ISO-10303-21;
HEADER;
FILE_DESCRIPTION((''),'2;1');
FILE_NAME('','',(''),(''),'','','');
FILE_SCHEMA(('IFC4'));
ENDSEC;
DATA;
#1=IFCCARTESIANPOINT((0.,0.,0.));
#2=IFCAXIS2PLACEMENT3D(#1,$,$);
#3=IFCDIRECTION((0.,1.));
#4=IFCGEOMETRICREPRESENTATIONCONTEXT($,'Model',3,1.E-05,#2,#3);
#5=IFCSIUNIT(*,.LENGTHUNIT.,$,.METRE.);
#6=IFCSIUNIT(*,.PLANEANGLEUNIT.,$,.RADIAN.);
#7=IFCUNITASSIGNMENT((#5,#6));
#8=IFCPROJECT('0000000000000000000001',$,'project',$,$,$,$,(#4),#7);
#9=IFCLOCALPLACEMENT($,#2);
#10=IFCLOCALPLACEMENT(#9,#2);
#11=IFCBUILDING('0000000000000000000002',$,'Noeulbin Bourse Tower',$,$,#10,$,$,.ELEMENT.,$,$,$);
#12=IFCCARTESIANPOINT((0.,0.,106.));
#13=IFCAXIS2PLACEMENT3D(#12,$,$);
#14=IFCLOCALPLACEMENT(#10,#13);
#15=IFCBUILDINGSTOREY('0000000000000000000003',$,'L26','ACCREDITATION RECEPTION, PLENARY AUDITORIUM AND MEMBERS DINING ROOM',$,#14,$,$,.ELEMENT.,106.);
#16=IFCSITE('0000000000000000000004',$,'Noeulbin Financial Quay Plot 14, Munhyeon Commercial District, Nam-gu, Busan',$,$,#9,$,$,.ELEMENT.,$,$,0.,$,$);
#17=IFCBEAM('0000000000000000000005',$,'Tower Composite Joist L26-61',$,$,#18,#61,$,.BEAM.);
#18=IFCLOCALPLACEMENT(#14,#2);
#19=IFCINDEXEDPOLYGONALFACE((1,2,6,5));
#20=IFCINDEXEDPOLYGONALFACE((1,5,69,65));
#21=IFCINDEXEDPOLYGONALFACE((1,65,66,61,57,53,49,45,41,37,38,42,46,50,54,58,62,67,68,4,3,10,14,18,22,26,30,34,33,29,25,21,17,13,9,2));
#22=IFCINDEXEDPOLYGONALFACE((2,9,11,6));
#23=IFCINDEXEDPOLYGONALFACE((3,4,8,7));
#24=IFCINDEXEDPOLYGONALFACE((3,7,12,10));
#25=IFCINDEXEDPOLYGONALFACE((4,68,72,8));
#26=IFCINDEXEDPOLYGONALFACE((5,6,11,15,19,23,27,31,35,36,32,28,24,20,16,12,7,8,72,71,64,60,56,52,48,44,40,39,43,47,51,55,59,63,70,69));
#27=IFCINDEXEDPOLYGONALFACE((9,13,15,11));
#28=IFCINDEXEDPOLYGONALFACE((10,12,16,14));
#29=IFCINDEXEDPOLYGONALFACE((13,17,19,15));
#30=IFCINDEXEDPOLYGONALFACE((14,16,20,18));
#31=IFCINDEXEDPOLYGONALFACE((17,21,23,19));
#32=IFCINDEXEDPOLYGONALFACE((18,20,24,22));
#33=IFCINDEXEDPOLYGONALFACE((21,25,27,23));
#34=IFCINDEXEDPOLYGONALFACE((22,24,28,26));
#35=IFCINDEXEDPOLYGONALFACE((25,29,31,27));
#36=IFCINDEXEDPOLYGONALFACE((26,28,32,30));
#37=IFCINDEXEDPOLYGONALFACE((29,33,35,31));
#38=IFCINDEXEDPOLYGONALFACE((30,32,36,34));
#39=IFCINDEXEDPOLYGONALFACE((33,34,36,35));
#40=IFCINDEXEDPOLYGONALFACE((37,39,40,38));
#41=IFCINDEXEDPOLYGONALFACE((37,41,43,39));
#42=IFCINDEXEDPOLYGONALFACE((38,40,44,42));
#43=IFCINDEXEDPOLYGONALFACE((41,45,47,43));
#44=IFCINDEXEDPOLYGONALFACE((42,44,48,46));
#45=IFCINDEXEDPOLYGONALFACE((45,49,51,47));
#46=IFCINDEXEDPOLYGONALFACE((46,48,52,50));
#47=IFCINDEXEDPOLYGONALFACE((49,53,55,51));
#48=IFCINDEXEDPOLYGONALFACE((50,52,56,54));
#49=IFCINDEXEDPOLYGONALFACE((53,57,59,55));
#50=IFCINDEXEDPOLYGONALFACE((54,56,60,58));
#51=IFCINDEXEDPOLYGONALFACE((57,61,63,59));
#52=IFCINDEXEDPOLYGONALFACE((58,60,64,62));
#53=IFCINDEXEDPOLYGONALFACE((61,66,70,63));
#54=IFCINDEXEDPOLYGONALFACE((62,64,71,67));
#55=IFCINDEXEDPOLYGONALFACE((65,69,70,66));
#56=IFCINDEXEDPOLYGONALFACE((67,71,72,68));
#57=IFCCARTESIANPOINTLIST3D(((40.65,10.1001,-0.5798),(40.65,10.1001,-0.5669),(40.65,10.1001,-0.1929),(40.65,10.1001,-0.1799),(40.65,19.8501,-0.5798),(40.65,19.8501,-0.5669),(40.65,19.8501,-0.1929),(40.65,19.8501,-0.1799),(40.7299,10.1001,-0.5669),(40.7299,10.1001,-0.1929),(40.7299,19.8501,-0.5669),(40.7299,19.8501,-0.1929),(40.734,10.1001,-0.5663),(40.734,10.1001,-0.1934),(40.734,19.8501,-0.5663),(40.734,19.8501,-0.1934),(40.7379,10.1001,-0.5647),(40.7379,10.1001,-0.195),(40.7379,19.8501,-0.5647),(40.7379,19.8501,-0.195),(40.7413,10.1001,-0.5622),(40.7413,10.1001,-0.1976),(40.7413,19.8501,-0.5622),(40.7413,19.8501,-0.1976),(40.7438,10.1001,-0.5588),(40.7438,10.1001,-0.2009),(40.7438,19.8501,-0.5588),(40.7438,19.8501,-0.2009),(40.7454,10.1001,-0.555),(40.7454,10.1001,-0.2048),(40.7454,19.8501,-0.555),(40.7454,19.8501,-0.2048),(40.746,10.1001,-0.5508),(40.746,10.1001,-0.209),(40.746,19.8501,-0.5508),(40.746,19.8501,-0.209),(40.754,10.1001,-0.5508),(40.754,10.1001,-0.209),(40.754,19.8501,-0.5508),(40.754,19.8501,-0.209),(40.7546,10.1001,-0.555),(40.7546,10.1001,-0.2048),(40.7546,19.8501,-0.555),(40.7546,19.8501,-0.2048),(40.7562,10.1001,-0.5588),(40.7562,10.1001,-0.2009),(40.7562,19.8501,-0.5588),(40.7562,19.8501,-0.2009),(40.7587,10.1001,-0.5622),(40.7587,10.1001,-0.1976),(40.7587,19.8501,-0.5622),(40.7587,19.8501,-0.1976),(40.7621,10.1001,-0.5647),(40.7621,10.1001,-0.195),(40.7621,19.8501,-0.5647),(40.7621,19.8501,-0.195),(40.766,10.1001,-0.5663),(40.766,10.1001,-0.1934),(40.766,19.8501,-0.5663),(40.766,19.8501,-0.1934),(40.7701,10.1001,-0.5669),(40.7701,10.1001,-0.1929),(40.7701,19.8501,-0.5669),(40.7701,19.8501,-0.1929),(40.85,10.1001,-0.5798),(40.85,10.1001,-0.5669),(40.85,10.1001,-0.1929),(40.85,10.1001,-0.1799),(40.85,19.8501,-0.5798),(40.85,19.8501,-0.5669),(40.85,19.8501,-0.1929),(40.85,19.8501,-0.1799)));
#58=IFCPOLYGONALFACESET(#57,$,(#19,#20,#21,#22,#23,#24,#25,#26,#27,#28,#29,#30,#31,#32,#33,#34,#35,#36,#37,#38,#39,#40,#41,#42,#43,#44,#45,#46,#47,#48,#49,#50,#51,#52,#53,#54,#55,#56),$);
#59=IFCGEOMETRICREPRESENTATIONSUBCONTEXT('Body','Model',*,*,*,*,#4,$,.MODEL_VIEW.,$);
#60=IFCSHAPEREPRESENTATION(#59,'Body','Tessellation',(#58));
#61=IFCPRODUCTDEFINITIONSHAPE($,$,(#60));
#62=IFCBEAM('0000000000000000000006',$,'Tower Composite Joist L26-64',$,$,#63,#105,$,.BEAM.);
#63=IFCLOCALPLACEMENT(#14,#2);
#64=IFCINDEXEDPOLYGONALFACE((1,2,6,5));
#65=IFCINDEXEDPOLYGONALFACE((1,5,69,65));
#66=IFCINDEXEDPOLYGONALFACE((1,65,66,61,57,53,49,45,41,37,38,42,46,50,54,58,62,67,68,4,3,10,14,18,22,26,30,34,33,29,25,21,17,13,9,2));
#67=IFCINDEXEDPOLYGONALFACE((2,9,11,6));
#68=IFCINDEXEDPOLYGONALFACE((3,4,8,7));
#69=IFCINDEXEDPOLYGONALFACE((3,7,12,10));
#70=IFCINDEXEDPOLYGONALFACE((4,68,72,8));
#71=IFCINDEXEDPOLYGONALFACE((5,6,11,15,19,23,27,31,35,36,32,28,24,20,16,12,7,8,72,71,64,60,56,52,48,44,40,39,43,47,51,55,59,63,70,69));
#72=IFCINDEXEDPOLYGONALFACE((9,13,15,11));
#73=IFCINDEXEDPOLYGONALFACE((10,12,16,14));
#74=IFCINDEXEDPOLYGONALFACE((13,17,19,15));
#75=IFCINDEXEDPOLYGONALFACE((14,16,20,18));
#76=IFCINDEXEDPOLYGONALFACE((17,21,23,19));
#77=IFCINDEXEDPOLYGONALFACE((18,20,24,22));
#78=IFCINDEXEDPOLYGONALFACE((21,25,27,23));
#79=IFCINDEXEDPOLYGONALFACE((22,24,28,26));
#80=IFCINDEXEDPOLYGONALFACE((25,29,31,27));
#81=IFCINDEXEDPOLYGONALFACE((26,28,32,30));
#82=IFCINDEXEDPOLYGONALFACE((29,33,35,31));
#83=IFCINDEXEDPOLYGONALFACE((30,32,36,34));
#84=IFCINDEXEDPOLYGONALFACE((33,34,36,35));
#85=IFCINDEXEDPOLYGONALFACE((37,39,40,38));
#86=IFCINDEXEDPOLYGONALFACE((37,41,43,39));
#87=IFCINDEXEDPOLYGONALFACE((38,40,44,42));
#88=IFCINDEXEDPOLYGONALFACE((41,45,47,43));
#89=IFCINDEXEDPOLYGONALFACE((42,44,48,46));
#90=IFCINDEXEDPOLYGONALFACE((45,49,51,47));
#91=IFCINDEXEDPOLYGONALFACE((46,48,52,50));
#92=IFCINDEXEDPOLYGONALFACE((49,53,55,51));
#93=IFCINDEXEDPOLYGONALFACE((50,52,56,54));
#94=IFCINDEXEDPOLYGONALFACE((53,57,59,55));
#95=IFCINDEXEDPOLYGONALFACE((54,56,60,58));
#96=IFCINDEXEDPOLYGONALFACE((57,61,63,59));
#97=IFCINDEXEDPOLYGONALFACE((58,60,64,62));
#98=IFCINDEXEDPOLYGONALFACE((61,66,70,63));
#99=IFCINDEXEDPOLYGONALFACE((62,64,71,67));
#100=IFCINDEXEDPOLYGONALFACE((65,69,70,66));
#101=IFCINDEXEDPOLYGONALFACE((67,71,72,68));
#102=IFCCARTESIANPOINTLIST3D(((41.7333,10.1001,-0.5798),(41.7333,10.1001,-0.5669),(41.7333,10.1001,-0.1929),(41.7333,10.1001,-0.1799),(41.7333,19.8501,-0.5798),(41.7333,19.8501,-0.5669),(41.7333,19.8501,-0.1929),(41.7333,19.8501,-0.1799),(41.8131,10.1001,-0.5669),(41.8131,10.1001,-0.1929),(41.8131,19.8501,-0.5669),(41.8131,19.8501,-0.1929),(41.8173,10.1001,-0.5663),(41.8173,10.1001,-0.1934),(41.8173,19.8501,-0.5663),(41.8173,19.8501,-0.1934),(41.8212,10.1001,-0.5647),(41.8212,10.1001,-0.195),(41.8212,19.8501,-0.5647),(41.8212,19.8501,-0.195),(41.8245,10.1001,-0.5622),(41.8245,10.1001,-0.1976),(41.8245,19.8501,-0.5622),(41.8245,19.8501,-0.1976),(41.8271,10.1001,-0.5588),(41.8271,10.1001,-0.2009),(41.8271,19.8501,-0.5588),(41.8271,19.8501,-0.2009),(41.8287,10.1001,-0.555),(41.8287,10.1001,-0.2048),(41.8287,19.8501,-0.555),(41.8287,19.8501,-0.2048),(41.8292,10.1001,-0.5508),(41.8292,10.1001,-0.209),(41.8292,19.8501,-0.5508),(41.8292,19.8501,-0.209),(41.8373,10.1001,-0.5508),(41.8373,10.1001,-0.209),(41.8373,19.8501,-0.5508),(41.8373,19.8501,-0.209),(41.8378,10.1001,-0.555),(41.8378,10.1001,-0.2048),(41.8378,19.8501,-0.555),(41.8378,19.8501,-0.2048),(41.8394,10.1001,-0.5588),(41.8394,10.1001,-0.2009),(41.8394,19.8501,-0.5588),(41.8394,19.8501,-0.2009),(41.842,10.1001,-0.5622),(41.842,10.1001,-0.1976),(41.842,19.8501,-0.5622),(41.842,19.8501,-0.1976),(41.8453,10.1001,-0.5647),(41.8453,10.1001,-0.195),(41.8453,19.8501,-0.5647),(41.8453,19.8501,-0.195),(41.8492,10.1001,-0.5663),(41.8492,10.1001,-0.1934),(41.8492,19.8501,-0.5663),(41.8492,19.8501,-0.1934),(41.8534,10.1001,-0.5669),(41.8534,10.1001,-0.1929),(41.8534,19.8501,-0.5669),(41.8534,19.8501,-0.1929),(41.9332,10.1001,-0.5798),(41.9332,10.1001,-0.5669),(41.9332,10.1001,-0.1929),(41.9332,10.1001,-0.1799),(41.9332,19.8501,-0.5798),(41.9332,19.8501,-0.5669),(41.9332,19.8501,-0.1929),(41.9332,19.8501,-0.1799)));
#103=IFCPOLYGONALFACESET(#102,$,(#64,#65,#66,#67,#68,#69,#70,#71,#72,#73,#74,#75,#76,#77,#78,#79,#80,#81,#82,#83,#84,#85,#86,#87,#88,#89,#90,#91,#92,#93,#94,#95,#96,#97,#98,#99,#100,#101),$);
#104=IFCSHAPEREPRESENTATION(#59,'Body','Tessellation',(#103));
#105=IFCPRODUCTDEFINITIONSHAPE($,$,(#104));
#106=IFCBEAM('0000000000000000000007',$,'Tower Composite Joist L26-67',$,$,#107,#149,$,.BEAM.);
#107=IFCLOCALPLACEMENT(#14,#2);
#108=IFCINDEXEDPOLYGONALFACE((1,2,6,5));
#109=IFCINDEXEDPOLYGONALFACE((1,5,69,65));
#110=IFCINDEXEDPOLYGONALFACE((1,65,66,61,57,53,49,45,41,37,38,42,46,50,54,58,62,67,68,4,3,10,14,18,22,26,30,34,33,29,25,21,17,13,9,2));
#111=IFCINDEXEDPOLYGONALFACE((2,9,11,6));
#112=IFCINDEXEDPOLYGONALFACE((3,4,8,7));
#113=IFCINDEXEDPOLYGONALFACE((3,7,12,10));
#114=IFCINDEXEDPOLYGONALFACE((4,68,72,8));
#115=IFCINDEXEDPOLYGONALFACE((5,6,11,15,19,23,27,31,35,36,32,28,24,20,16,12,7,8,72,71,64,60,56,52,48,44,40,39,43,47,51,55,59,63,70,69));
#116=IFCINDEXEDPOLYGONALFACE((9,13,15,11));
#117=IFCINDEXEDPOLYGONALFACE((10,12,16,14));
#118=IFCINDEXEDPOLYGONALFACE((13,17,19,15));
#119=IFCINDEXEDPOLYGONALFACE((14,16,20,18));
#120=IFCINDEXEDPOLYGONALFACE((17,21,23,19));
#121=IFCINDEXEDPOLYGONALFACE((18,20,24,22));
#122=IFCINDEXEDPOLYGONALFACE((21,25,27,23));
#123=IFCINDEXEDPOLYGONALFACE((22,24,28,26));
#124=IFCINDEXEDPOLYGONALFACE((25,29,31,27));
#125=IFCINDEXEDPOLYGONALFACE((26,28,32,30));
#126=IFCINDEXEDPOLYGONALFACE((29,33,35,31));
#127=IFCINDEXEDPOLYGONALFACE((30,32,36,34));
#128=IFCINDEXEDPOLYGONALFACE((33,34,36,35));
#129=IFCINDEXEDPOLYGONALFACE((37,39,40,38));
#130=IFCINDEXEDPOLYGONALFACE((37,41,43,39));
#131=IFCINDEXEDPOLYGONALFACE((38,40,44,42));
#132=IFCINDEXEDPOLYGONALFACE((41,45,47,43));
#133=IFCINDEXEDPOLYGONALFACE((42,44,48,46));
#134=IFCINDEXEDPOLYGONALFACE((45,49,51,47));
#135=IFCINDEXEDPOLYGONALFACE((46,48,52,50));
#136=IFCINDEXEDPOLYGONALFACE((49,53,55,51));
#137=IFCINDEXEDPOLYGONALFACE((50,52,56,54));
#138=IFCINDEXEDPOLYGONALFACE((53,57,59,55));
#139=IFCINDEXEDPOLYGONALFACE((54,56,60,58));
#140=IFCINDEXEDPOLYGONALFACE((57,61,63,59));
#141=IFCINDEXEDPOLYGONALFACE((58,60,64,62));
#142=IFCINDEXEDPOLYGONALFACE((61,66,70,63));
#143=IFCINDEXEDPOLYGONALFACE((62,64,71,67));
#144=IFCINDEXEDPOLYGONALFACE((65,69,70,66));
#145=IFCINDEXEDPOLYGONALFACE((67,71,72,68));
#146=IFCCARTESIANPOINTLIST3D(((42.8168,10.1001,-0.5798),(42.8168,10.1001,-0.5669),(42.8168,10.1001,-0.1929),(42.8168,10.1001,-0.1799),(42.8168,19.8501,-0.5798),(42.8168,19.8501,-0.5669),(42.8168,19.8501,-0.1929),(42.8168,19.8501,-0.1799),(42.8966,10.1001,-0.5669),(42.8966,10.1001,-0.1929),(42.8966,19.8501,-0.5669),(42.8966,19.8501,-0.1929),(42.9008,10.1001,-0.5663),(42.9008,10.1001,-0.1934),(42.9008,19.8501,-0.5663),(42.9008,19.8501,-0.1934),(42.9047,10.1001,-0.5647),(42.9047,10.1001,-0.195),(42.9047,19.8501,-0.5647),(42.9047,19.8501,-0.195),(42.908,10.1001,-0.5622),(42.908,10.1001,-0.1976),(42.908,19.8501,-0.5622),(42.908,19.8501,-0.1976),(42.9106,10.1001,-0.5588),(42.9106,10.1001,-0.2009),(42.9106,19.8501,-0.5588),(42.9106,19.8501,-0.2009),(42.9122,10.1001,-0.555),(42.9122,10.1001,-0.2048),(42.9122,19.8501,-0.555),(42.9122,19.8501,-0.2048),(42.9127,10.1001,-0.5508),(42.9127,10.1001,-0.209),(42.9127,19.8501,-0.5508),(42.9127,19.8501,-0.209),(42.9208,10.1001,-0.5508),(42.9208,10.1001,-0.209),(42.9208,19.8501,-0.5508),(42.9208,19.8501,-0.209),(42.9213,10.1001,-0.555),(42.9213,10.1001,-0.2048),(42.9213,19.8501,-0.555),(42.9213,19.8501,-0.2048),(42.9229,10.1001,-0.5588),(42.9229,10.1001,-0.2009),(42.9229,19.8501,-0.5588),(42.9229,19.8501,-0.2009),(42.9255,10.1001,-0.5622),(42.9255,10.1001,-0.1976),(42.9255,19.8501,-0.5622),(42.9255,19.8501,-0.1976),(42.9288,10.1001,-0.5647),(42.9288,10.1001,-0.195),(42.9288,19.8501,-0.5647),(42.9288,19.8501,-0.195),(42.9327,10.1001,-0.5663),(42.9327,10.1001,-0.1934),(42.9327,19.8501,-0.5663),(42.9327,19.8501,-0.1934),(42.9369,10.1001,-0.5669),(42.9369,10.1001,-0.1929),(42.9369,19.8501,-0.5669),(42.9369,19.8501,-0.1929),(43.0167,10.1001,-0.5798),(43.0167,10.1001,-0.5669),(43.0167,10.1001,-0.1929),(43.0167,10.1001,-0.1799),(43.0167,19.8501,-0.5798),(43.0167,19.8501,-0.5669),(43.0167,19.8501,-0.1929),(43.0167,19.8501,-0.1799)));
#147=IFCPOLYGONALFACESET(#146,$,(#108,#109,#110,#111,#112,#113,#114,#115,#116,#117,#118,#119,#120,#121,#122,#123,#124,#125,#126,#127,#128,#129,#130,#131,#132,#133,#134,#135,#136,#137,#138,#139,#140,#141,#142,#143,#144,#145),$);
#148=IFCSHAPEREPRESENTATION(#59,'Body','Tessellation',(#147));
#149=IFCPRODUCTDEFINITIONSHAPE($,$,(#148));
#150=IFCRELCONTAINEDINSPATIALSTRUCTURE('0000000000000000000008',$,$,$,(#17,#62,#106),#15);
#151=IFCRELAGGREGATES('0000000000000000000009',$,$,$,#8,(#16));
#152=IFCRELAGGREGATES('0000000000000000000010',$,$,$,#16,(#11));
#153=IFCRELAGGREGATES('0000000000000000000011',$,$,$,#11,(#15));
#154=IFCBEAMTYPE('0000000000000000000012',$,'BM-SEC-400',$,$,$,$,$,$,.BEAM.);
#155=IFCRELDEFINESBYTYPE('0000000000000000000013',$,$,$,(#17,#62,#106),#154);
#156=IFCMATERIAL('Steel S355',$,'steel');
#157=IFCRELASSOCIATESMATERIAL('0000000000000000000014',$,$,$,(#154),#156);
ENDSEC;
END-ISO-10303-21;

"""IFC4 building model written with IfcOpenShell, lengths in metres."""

from ifc_helpers import new_model, si_unit, direction, frame, origin, origin_2d, place, context, subcontext, project, spatial, i_section, extrude, material, material_profile, profile_set, type_object, element, save


model = new_model("IFC4")

# Units and contexts
model_context = context("Model", 3, precision=1e-05, world=origin(), true_north=direction((0.0, 1.0)))
body_context = subcontext(model_context, "Body", "Model", "MODEL_VIEW")
ifc_project = project(units=[si_unit("LENGTHUNIT", "METRE"), si_unit("PLANEANGLEUNIT", "RADIAN")], contexts=[model_context])

# Site, building, storey
site_placement = place(None, origin())
site = spatial("IfcSite", under=ifc_project, at=site_placement, Name="Noeulbin Financial Quay Plot 14, Munhyeon Commercial District, Nam-gu, Busan", CompositionType="ELEMENT", RefElevation=0.0)
building_placement = place(site_placement, origin())
building = spatial("IfcBuilding", under=site, at=building_placement, Name="Noeulbin Bourse Tower", CompositionType="ELEMENT")
storey_placement = place(building_placement, frame((0.0, 0.0, 106.0)))
storey = spatial("IfcBuildingStorey", under=building, at=storey_placement, Name="L26", Description="ACCREDITATION RECEPTION, PLENARY AUDITORIUM AND MEMBERS DINING ROOM", CompositionType="ELEMENT", Elevation=106.0)

# Shared definitions
ifc_material_1 = material(Name="Steel S355", Category="steel")

# Beams
ifc_material_profile_1 = material_profile(ifc_material_1, i_section(OverallWidth=0.2, OverallDepth=0.3999, WebThickness=0.0081, FlangeThickness=0.0129, FilletRadius=0.0161, at=origin_2d()), Name="H-400x200x8x13", Category="LoadBearing")
ifc_profile_set_1 = profile_set([ifc_material_profile_1], Name="Steel S355")
beam_type_1 = type_object("IfcBeamType", Name="BM-SEC-400", PredefinedType="BEAM", material=ifc_profile_set_1)
for number, where, z_axis, x_axis, name in (
    (1, (40.75, 10.1001, -0.3799), (0.0, 1.0, 0.0), (-1.0, 0.0, 0.0), "Tower Composite Joist L26-61"),
    (2, (41.8333, 10.1001, -0.3799), (0.0, 1.0, 0.0), (-1.0, 0.0, 0.0), "Tower Composite Joist L26-64"),
    (3, (42.9167, 10.1001, -0.3799), (0.0, 1.0, 0.0), (-1.0, 0.0, 0.0), "Tower Composite Joist L26-67"),
):
    element("IfcBeam", number, at=place(storey_placement, frame(where, z_axis=z_axis, x_axis=x_axis)), inside=storey, type_object=beam_type_1, Name=name, PredefinedType="BEAM", context=body_context, shape_type="SweptSolid", body=[
        extrude(i_section(OverallWidth=0.2, OverallDepth=0.3999, WebThickness=0.0081, FlangeThickness=0.0129, FilletRadius=0.0161, at=origin_2d()), origin(), (0.0, 0.0, 1.0), 9.75),
    ])

save(model, "model.ifc")
